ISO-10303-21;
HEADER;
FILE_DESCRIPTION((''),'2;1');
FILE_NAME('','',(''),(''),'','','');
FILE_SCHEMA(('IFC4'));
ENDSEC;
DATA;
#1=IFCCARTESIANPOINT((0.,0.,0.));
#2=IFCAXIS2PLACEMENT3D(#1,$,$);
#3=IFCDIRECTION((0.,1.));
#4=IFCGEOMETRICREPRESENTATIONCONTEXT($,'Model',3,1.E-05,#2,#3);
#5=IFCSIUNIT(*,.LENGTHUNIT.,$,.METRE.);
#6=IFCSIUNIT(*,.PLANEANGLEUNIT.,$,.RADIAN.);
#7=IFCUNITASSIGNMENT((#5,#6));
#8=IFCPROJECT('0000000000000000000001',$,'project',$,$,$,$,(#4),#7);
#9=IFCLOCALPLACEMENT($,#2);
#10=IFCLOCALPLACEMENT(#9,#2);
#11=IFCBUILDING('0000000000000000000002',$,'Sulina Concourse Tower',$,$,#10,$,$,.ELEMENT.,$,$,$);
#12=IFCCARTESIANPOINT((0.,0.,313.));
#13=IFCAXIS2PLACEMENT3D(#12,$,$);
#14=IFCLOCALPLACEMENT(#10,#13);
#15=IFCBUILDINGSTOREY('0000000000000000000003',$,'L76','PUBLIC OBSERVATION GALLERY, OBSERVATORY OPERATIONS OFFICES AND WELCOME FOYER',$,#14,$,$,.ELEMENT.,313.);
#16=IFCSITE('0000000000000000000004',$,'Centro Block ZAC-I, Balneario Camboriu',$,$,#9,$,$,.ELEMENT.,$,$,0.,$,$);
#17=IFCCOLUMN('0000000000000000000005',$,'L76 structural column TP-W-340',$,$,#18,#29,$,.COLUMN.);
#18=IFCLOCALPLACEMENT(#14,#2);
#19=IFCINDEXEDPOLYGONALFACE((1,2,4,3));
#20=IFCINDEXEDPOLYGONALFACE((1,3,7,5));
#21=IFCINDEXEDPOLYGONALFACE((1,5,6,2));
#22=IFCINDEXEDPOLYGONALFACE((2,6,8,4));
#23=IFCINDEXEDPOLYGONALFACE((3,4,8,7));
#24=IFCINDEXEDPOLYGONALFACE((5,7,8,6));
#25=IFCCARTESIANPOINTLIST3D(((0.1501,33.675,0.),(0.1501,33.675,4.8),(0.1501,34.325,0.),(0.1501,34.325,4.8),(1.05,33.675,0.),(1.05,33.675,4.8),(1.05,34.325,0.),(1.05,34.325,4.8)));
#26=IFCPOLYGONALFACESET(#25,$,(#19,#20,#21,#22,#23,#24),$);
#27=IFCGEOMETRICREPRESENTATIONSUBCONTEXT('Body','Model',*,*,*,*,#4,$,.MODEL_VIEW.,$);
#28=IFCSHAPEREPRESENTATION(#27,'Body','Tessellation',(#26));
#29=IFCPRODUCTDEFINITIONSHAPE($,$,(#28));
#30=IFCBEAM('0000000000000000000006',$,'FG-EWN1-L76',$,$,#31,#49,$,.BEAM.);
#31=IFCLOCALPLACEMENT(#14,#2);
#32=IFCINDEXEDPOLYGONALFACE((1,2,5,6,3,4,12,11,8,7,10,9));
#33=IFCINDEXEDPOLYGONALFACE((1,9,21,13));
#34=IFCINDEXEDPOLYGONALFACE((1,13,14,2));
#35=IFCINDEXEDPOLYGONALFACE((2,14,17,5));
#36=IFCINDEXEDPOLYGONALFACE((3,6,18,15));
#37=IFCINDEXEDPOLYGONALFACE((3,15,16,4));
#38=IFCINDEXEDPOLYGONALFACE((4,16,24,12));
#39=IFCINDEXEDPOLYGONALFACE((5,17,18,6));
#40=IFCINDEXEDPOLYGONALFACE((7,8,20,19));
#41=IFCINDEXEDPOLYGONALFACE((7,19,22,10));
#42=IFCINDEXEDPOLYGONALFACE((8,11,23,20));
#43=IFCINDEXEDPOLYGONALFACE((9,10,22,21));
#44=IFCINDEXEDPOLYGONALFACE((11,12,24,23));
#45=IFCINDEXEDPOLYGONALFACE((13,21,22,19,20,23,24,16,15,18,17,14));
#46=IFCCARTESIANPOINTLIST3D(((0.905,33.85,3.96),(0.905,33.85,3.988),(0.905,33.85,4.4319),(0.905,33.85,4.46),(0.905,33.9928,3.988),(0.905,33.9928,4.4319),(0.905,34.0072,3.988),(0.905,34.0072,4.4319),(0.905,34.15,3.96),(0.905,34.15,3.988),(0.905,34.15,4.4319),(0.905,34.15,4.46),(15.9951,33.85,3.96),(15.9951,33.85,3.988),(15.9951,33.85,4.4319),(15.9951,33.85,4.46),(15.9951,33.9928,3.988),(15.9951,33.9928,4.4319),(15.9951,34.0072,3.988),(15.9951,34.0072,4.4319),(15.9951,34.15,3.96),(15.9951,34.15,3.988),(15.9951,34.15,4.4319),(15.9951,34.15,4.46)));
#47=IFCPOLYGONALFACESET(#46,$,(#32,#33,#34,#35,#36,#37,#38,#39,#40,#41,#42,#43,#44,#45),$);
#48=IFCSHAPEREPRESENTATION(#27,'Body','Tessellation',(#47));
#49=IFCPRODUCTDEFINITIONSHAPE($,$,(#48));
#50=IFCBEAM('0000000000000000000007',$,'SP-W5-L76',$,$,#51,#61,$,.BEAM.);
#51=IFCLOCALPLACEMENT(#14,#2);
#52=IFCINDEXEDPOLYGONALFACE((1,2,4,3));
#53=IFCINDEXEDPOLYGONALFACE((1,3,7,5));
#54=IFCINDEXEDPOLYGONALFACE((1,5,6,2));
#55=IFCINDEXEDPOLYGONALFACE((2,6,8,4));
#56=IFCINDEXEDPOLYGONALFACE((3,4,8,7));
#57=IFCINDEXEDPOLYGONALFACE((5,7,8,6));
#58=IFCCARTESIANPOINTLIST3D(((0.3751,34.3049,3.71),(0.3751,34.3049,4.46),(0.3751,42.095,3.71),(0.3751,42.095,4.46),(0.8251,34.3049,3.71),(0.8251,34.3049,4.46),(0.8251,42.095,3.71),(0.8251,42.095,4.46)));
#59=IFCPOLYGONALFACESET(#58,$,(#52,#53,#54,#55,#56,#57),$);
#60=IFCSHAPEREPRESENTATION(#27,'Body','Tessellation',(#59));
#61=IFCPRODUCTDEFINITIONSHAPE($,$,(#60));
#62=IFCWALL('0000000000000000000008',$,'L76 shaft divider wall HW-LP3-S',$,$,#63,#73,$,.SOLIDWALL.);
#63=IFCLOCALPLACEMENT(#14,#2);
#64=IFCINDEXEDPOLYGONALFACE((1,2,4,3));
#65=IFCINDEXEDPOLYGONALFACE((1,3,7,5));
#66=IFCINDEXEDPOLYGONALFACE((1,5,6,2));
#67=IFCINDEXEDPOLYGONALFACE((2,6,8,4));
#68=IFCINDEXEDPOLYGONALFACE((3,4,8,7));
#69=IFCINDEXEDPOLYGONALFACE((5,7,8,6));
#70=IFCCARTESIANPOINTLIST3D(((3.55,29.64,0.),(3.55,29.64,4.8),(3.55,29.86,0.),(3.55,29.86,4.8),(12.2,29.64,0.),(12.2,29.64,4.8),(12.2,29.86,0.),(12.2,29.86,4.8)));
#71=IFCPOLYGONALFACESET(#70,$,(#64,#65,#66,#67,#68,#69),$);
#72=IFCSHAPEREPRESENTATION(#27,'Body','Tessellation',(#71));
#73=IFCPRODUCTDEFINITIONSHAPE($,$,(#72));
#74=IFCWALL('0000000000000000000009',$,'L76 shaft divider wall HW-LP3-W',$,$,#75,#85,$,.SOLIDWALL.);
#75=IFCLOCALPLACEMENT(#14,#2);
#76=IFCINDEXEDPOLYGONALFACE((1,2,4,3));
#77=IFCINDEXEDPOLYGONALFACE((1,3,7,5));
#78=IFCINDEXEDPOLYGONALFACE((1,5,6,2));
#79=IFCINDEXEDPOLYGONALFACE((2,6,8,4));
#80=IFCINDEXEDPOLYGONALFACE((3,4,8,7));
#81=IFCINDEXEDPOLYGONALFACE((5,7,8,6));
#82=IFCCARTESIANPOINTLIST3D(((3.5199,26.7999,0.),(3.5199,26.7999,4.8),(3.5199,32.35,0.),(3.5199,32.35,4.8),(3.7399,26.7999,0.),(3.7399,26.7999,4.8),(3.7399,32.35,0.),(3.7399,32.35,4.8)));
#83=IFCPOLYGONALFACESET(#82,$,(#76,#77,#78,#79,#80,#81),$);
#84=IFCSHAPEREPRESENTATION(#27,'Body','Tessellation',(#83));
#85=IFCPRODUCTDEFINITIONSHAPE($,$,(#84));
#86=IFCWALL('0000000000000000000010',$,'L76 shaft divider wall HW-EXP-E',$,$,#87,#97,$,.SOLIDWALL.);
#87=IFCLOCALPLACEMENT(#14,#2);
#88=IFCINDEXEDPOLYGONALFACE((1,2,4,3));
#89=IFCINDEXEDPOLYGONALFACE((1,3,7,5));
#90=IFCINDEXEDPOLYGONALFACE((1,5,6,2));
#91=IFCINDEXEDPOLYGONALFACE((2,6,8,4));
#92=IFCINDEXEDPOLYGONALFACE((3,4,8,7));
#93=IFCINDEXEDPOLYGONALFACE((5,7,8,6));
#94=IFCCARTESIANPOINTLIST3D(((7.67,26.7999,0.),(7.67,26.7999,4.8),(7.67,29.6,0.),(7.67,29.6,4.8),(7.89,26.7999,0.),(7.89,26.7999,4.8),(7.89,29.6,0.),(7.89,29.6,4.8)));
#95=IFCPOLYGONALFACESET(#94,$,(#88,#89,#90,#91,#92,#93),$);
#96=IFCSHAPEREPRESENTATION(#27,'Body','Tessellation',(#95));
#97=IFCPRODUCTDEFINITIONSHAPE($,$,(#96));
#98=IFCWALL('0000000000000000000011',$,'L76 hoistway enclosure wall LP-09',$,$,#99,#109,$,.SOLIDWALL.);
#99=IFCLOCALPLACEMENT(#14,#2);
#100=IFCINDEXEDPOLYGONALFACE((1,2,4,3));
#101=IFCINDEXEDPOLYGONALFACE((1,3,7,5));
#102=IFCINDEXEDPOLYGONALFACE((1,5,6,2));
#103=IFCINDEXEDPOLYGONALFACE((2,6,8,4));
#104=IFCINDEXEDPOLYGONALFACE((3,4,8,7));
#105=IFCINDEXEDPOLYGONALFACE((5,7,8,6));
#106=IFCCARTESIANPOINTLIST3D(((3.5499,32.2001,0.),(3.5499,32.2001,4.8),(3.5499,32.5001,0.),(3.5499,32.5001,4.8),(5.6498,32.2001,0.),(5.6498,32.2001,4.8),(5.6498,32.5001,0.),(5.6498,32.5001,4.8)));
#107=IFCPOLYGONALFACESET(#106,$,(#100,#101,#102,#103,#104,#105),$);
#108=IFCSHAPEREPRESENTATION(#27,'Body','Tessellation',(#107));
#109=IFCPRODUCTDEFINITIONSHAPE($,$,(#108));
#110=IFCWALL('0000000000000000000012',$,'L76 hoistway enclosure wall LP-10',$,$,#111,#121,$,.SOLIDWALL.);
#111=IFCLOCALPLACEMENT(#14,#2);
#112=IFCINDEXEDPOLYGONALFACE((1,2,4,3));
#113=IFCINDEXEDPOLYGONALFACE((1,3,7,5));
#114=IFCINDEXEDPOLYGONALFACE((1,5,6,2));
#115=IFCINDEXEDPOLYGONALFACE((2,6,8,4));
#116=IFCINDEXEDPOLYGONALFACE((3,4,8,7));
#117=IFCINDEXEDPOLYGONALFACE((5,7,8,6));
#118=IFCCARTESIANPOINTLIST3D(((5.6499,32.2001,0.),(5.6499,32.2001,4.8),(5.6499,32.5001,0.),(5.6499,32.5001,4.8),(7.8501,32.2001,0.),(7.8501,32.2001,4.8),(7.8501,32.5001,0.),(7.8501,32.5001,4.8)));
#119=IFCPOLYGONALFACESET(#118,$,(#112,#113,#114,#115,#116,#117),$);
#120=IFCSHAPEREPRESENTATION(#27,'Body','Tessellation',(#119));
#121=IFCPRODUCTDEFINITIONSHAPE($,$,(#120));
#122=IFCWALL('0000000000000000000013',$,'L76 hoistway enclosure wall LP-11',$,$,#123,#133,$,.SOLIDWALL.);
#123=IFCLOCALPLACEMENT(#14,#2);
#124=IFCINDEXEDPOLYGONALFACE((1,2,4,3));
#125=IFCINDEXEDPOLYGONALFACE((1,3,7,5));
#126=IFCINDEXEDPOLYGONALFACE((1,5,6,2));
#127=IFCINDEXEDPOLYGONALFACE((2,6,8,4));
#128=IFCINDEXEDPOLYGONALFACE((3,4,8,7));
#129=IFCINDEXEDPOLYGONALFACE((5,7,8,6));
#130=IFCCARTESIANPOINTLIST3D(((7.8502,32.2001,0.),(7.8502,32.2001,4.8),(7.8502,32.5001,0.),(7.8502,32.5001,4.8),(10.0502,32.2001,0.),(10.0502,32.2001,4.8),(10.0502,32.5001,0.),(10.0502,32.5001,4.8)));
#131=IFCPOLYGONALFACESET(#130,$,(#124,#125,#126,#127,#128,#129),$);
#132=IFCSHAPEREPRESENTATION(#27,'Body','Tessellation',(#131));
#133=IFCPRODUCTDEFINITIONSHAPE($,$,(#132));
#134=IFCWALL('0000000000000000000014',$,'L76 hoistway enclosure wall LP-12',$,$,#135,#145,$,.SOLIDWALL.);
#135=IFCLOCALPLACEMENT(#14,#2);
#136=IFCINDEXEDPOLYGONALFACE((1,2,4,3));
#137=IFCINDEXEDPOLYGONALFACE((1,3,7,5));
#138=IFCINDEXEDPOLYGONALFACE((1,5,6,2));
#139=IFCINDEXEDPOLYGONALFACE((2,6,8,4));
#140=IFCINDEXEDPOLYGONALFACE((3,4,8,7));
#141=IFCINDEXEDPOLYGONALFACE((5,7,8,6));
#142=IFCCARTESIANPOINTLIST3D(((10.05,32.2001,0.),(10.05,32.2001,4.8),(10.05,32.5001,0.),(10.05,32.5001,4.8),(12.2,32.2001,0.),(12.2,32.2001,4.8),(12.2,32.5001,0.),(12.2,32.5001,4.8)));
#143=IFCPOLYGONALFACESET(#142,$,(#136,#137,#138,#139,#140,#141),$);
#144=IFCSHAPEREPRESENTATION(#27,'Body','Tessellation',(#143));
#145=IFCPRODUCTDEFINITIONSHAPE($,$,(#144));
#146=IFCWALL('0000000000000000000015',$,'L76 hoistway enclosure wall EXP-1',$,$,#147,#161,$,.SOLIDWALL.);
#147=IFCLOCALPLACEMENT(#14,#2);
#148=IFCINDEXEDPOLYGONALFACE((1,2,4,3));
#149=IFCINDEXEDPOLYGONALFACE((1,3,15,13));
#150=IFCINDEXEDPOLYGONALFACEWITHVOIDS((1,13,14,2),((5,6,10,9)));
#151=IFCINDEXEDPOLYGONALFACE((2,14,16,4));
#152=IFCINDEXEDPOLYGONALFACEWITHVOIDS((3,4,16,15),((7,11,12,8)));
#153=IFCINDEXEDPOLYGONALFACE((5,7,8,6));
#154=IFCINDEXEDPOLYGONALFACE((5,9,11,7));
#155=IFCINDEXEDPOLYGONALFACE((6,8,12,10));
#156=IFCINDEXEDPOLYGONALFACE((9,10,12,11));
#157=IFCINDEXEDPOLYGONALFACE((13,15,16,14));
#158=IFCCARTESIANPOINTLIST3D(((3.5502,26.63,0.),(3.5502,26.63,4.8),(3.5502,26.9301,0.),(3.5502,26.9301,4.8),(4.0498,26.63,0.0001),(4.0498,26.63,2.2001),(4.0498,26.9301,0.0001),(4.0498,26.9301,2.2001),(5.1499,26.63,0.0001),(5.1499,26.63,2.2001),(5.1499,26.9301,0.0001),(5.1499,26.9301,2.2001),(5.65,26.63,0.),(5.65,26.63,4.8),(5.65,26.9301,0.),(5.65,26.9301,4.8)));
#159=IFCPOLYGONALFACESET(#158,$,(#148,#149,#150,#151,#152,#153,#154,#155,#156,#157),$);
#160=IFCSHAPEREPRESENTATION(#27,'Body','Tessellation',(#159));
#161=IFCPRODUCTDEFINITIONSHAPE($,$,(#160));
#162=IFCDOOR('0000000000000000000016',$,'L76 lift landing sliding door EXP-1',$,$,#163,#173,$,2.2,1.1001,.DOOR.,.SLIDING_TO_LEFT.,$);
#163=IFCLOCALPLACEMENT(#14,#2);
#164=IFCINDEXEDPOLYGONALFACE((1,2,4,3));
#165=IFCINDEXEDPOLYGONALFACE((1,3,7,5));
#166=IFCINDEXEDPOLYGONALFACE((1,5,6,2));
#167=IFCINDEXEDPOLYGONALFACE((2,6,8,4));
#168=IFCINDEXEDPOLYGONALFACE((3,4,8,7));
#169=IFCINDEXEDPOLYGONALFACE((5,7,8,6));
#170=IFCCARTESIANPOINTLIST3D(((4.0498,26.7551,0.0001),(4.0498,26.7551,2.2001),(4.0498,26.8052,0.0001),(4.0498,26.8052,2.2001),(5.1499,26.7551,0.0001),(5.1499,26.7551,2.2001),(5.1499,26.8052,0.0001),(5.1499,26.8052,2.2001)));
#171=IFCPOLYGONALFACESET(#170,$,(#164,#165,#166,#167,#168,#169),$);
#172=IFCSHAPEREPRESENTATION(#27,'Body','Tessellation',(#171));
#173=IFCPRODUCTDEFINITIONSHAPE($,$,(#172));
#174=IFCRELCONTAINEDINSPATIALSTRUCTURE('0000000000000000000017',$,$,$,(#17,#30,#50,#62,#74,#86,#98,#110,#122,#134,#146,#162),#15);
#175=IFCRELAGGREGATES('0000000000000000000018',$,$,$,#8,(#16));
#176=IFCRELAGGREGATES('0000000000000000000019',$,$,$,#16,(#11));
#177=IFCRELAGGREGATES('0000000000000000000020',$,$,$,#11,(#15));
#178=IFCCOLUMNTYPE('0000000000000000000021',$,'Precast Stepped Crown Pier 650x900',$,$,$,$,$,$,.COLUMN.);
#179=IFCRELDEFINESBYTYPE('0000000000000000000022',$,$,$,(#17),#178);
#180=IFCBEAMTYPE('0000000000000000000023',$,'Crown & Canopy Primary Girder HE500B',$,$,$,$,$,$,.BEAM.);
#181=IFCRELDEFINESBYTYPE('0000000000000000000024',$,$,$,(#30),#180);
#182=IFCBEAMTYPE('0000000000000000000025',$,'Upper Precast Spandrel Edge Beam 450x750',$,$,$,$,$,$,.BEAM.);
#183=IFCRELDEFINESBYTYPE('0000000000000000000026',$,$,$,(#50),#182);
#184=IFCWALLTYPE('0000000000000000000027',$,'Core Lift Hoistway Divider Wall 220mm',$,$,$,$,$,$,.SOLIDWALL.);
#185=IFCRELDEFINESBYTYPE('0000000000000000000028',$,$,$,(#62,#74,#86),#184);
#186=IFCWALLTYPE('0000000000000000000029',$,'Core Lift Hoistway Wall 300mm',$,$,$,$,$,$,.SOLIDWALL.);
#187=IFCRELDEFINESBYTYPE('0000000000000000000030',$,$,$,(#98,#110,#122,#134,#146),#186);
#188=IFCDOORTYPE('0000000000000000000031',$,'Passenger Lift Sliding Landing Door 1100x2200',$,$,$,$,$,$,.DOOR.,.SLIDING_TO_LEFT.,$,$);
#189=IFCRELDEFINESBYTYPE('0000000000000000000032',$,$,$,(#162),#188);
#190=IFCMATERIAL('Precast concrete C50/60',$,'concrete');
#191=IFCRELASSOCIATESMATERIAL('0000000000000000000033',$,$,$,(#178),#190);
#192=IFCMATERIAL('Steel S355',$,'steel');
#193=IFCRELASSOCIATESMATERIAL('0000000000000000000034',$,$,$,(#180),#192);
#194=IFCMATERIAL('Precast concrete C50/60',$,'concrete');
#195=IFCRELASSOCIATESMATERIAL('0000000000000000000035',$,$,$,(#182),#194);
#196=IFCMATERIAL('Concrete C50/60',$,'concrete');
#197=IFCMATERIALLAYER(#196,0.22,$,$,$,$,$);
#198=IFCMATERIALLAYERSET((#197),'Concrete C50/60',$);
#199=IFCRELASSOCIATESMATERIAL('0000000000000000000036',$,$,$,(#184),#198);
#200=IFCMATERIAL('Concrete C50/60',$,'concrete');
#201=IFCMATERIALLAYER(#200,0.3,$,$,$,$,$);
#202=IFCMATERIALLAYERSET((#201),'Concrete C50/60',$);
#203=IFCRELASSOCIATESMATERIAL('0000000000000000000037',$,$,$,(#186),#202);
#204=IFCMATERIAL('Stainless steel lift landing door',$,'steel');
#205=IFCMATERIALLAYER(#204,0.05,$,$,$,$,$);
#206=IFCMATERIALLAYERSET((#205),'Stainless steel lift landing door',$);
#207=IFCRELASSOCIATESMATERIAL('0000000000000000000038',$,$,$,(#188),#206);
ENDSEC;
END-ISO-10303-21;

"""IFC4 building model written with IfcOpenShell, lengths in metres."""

from ifc_helpers import new_model, si_unit, direction, frame, frame_2d, origin, origin_2d, place, context, subcontext, project, spatial, rectangle, i_section, extrude, material, layer, layer_set, material_profile, profile_set, type_object, element, fill, save


model = new_model("IFC4")

# Units and contexts
model_context = context("Model", 3, precision=1e-05, world=origin(), true_north=direction((0.0, 1.0)))
body_context = subcontext(model_context, "Body", "Model", "MODEL_VIEW")
ifc_project = project(units=[si_unit("LENGTHUNIT", "METRE"), si_unit("PLANEANGLEUNIT", "RADIAN")], contexts=[model_context])

# Site, building, storey
site_placement = place(None, origin())
site = spatial("IfcSite", under=ifc_project, at=site_placement, Name="Centro Block ZAC-I, Balneario Camboriu", CompositionType="ELEMENT", RefElevation=0.0)
building_placement = place(site_placement, origin())
building = spatial("IfcBuilding", under=site, at=building_placement, Name="Sulina Concourse Tower", CompositionType="ELEMENT")
storey_placement = place(building_placement, frame((0.0, 0.0, 313.0)))
storey = spatial("IfcBuildingStorey", under=building, at=storey_placement, Name="L76", Description="PUBLIC OBSERVATION GALLERY, OBSERVATORY OPERATIONS OFFICES AND WELCOME FOYER", CompositionType="ELEMENT", Elevation=313.0)

# Column
ifc_material_1 = material(Name="Precast concrete C50/60", Category="concrete")
ifc_material_profile_1 = material_profile(ifc_material_1, rectangle(XDim=0.6499, YDim=0.8999, at=origin_2d()), Name="PC 650x900")
ifc_profile_set_1 = profile_set([ifc_material_profile_1], Name="Precast concrete C50/60")
column_type = type_object("IfcColumnType", Name="Precast Stepped Crown Pier 650x900", PredefinedType="COLUMN", material=ifc_profile_set_1)
column_placement = place(storey_placement, frame((0.6001, 34.0, 0.0), z_axis=(0.0, 0.0, 1.0), x_axis=(0.0, 1.0, 0.0)))
element("IfcColumn", 1, at=column_placement, inside=storey, type_object=column_type, Name="L76 structural column TP-W-340", PredefinedType="COLUMN", context=body_context, shape_type="SweptSolid", body=[
    extrude(rectangle(XDim=0.6499, YDim=0.8999, at=origin_2d()), origin(), (0.0, 0.0, 1.0), 4.8),
])

# Beams
ifc_material_2 = material(Name="Steel S355", Category="steel")
ifc_material_profile_2 = material_profile(ifc_material_2, i_section(OverallWidth=0.3, OverallDepth=0.5, WebThickness=0.0144, FlangeThickness=0.0281, at=origin_2d()), Name="HE 500 B")
ifc_profile_set_2 = profile_set([ifc_material_profile_2], Name="Steel S355")
beam_type_1 = type_object("IfcBeamType", Name="Crown & Canopy Primary Girder HE500B", PredefinedType="BEAM", material=ifc_profile_set_2)
beam_1_placement = place(storey_placement, frame((0.905, 34.0, 4.21), z_axis=(1.0, 0.0, 0.0), x_axis=(0.0, 1.0, 0.0)))
element("IfcBeam", 2, at=beam_1_placement, inside=storey, type_object=beam_type_1, Name="FG-EWN1-L76", PredefinedType="BEAM", context=body_context, shape_type="SweptSolid", body=[
    extrude(i_section(OverallWidth=0.3, OverallDepth=0.5, WebThickness=0.0144, FlangeThickness=0.0281, at=origin_2d()), origin(), (0.0, 0.0, 1.0), 15.0901),
])
ifc_material_3 = material(Name="Precast concrete C50/60", Category="concrete")
ifc_material_profile_3 = material_profile(ifc_material_3, rectangle(XDim=0.45, YDim=0.75, at=origin_2d()), Name="RC 450x750")
ifc_profile_set_3 = profile_set([ifc_material_profile_3], Name="Precast concrete C50/60")
beam_type_2 = type_object("IfcBeamType", Name="Upper Precast Spandrel Edge Beam 450x750", PredefinedType="BEAM", material=ifc_profile_set_3)
beam_2_placement = place(storey_placement, frame((0.6001, 34.3049, 4.085), z_axis=(0.0, 1.0, 0.0), x_axis=(-1.0, 0.0, 0.0)))
element("IfcBeam", 3, at=beam_2_placement, inside=storey, type_object=beam_type_2, Name="SP-W5-L76", PredefinedType="BEAM", context=body_context, shape_type="SweptSolid", body=[
    extrude(rectangle(XDim=0.45, YDim=0.75, at=origin_2d()), origin(), (0.0, 0.0, 1.0), 7.79),
])

# Walls
ifc_material_4 = material(Name="Concrete C50/60", Category="concrete")
ifc_layer_1 = layer(ifc_material_4, 0.22)
ifc_layer_set_1 = layer_set([ifc_layer_1], Name="Concrete C50/60")
wall_type_1 = type_object("IfcWallType", Name="Core Lift Hoistway Divider Wall 220mm", PredefinedType="SOLIDWALL", material=ifc_layer_set_1)
wall_1_placement = place(storey_placement, frame((3.55, 29.75, 0.0), z_axis=(0.0, 0.0, 1.0), x_axis=(1.0, 0.0, 0.0)))
element("IfcWall", 4, at=wall_1_placement, inside=storey, type_object=wall_type_1, Name="L76 shaft divider wall HW-LP3-S", PredefinedType="SOLIDWALL", context=body_context, shape_type="SweptSolid", body=[
    extrude(rectangle(XDim=8.6499, YDim=0.22, at=frame_2d((4.325, 0.0))), origin(), (0.0, 0.0, 1.0), 4.8),
])
wall_2_placement = place(storey_placement, frame((3.6299, 26.8, 0.0), z_axis=(0.0, 0.0, 1.0), x_axis=(0.0, 1.0, 0.0)))
element("IfcWall", 5, at=wall_2_placement, inside=storey, type_object=wall_type_1, Name="L76 shaft divider wall HW-LP3-W", PredefinedType="SOLIDWALL", context=body_context, shape_type="SweptSolid", body=[
    extrude(rectangle(XDim=5.55, YDim=0.22, at=frame_2d((2.7749, 0.0))), origin(), (0.0, 0.0, 1.0), 4.8),
])
wall_3_placement = place(storey_placement, frame((7.78, 26.8, 0.0), z_axis=(0.0, 0.0, 1.0), x_axis=(0.0, 1.0, 0.0)))
element("IfcWall", 6, at=wall_3_placement, inside=storey, type_object=wall_type_1, Name="L76 shaft divider wall HW-EXP-E", PredefinedType="SOLIDWALL", context=body_context, shape_type="SweptSolid", body=[
    extrude(rectangle(XDim=2.8, YDim=0.22, at=frame_2d((1.3999, 0.0))), origin(), (0.0, 0.0, 1.0), 4.8),
])
ifc_material_5 = material(Name="Concrete C50/60", Category="concrete")
ifc_layer_2 = layer(ifc_material_5, 0.3)
ifc_layer_set_2 = layer_set([ifc_layer_2], Name="Concrete C50/60")
wall_type_2 = type_object("IfcWallType", Name="Core Lift Hoistway Wall 300mm", PredefinedType="SOLIDWALL", material=ifc_layer_set_2)
wall_4_placement = place(storey_placement, frame((3.55, 32.3501, 0.0), z_axis=(0.0, 0.0, 1.0), x_axis=(1.0, 0.0, 0.0)))
element("IfcWall", 7, at=wall_4_placement, inside=storey, type_object=wall_type_2, Name="L76 hoistway enclosure wall LP-09", PredefinedType="SOLIDWALL", context=body_context, shape_type="SweptSolid", body=[
    extrude(rectangle(XDim=2.0999, YDim=0.3, at=frame_2d((1.0498, 0.0))), origin(), (0.0, 0.0, 1.0), 4.8),
])
wall_5_placement = place(storey_placement, frame((5.6499, 32.3501, 0.0), z_axis=(0.0, 0.0, 1.0), x_axis=(1.0, 0.0, 0.0)))
element("IfcWall", 8, at=wall_5_placement, inside=storey, type_object=wall_type_2, Name="L76 hoistway enclosure wall LP-10", PredefinedType="SOLIDWALL", context=body_context, shape_type="SweptSolid", body=[
    extrude(rectangle(XDim=2.2002, YDim=0.3, at=frame_2d((1.1001, 0.0))), origin(), (0.0, 0.0, 1.0), 4.8),
])
wall_6_placement = place(storey_placement, frame((7.8501, 32.3501, 0.0), z_axis=(0.0, 0.0, 1.0), x_axis=(1.0, 0.0, 0.0)))
element("IfcWall", 9, at=wall_6_placement, inside=storey, type_object=wall_type_2, Name="L76 hoistway enclosure wall LP-11", PredefinedType="SOLIDWALL", context=body_context, shape_type="SweptSolid", body=[
    extrude(rectangle(XDim=2.2, YDim=0.3, at=frame_2d((1.1001, 0.0))), origin(), (0.0, 0.0, 1.0), 4.8),
])
wall_7_placement = place(storey_placement, frame((10.05, 32.3501, 0.0), z_axis=(0.0, 0.0, 1.0), x_axis=(1.0, 0.0, 0.0)))
element("IfcWall", 10, at=wall_7_placement, inside=storey, type_object=wall_type_2, Name="L76 hoistway enclosure wall LP-12", PredefinedType="SOLIDWALL", context=body_context, shape_type="SweptSolid", body=[
    extrude(rectangle(XDim=2.1499, YDim=0.3, at=frame_2d((1.075, 0.0))), origin(), (0.0, 0.0, 1.0), 4.8),
])

# Wall, opening, door
wall_8_placement = place(storey_placement, frame((5.6499, 26.78, 0.0), z_axis=(0.0, 0.0, 1.0), x_axis=(-1.0, 0.0, 0.0)))
wall_8 = element("IfcWall", 11, at=wall_8_placement, inside=storey, type_object=wall_type_2, Name="L76 hoistway enclosure wall EXP-1", PredefinedType="SOLIDWALL", context=body_context, shape_type="SweptSolid", body=[
    extrude(rectangle(XDim=2.0999, YDim=0.3, at=frame_2d((1.0498, 0.0))), origin(), (0.0, 0.0, 1.0), 4.8),
])
opening_1_placement = place(wall_8_placement, frame((0.5, 0.0, 0.0)))
opening_1 = element("IfcOpeningElement", 12, at=opening_1_placement, cuts=wall_8, PredefinedType="OPENING", context=body_context, shape_type="SweptSolid", body=[
    extrude(rectangle(XDim=1.1001, YDim=2.2, at=frame_2d((0.55, 1.1001))), frame((0.0, 0.1599, 0.0), z_axis=(0.0, -1.0, 0.0), x_axis=(1.0, 0.0, 0.0)), (0.0, 0.0, 1.0), 0.3201),
])
ifc_material_6 = material(Name="Stainless steel lift landing door", Category="steel")
ifc_layer_3 = layer(ifc_material_6, 0.05)
ifc_layer_set_3 = layer_set([ifc_layer_3], Name="Stainless steel lift landing door")
door_type_1 = type_object("IfcDoorType", Name="Passenger Lift Sliding Landing Door 1100x2200", OperationType="SLIDING_TO_LEFT", PredefinedType="DOOR", material=ifc_layer_set_3)
door_1_placement = place(opening_1_placement, origin())
door_1 = element("IfcDoor", 13, at=door_1_placement, inside=storey, type_object=door_type_1, Name="L76 lift landing sliding door EXP-1", OperationType="SLIDING_TO_LEFT", OverallHeight=2.2, OverallWidth=1.1001, PredefinedType="DOOR", context=body_context, shape_type="SweptSolid", body=[
    extrude(rectangle(XDim=1.1001, YDim=2.2, at=frame_2d((0.55, 1.1001))), frame((0.0, 0.0249, 0.0), z_axis=(0.0, -1.0, 0.0), x_axis=(1.0, 0.0, 0.0)), (0.0, 0.0, 1.0), 0.05),
])
fill(opening_1, door_1)

save(model, "model.ifc")
